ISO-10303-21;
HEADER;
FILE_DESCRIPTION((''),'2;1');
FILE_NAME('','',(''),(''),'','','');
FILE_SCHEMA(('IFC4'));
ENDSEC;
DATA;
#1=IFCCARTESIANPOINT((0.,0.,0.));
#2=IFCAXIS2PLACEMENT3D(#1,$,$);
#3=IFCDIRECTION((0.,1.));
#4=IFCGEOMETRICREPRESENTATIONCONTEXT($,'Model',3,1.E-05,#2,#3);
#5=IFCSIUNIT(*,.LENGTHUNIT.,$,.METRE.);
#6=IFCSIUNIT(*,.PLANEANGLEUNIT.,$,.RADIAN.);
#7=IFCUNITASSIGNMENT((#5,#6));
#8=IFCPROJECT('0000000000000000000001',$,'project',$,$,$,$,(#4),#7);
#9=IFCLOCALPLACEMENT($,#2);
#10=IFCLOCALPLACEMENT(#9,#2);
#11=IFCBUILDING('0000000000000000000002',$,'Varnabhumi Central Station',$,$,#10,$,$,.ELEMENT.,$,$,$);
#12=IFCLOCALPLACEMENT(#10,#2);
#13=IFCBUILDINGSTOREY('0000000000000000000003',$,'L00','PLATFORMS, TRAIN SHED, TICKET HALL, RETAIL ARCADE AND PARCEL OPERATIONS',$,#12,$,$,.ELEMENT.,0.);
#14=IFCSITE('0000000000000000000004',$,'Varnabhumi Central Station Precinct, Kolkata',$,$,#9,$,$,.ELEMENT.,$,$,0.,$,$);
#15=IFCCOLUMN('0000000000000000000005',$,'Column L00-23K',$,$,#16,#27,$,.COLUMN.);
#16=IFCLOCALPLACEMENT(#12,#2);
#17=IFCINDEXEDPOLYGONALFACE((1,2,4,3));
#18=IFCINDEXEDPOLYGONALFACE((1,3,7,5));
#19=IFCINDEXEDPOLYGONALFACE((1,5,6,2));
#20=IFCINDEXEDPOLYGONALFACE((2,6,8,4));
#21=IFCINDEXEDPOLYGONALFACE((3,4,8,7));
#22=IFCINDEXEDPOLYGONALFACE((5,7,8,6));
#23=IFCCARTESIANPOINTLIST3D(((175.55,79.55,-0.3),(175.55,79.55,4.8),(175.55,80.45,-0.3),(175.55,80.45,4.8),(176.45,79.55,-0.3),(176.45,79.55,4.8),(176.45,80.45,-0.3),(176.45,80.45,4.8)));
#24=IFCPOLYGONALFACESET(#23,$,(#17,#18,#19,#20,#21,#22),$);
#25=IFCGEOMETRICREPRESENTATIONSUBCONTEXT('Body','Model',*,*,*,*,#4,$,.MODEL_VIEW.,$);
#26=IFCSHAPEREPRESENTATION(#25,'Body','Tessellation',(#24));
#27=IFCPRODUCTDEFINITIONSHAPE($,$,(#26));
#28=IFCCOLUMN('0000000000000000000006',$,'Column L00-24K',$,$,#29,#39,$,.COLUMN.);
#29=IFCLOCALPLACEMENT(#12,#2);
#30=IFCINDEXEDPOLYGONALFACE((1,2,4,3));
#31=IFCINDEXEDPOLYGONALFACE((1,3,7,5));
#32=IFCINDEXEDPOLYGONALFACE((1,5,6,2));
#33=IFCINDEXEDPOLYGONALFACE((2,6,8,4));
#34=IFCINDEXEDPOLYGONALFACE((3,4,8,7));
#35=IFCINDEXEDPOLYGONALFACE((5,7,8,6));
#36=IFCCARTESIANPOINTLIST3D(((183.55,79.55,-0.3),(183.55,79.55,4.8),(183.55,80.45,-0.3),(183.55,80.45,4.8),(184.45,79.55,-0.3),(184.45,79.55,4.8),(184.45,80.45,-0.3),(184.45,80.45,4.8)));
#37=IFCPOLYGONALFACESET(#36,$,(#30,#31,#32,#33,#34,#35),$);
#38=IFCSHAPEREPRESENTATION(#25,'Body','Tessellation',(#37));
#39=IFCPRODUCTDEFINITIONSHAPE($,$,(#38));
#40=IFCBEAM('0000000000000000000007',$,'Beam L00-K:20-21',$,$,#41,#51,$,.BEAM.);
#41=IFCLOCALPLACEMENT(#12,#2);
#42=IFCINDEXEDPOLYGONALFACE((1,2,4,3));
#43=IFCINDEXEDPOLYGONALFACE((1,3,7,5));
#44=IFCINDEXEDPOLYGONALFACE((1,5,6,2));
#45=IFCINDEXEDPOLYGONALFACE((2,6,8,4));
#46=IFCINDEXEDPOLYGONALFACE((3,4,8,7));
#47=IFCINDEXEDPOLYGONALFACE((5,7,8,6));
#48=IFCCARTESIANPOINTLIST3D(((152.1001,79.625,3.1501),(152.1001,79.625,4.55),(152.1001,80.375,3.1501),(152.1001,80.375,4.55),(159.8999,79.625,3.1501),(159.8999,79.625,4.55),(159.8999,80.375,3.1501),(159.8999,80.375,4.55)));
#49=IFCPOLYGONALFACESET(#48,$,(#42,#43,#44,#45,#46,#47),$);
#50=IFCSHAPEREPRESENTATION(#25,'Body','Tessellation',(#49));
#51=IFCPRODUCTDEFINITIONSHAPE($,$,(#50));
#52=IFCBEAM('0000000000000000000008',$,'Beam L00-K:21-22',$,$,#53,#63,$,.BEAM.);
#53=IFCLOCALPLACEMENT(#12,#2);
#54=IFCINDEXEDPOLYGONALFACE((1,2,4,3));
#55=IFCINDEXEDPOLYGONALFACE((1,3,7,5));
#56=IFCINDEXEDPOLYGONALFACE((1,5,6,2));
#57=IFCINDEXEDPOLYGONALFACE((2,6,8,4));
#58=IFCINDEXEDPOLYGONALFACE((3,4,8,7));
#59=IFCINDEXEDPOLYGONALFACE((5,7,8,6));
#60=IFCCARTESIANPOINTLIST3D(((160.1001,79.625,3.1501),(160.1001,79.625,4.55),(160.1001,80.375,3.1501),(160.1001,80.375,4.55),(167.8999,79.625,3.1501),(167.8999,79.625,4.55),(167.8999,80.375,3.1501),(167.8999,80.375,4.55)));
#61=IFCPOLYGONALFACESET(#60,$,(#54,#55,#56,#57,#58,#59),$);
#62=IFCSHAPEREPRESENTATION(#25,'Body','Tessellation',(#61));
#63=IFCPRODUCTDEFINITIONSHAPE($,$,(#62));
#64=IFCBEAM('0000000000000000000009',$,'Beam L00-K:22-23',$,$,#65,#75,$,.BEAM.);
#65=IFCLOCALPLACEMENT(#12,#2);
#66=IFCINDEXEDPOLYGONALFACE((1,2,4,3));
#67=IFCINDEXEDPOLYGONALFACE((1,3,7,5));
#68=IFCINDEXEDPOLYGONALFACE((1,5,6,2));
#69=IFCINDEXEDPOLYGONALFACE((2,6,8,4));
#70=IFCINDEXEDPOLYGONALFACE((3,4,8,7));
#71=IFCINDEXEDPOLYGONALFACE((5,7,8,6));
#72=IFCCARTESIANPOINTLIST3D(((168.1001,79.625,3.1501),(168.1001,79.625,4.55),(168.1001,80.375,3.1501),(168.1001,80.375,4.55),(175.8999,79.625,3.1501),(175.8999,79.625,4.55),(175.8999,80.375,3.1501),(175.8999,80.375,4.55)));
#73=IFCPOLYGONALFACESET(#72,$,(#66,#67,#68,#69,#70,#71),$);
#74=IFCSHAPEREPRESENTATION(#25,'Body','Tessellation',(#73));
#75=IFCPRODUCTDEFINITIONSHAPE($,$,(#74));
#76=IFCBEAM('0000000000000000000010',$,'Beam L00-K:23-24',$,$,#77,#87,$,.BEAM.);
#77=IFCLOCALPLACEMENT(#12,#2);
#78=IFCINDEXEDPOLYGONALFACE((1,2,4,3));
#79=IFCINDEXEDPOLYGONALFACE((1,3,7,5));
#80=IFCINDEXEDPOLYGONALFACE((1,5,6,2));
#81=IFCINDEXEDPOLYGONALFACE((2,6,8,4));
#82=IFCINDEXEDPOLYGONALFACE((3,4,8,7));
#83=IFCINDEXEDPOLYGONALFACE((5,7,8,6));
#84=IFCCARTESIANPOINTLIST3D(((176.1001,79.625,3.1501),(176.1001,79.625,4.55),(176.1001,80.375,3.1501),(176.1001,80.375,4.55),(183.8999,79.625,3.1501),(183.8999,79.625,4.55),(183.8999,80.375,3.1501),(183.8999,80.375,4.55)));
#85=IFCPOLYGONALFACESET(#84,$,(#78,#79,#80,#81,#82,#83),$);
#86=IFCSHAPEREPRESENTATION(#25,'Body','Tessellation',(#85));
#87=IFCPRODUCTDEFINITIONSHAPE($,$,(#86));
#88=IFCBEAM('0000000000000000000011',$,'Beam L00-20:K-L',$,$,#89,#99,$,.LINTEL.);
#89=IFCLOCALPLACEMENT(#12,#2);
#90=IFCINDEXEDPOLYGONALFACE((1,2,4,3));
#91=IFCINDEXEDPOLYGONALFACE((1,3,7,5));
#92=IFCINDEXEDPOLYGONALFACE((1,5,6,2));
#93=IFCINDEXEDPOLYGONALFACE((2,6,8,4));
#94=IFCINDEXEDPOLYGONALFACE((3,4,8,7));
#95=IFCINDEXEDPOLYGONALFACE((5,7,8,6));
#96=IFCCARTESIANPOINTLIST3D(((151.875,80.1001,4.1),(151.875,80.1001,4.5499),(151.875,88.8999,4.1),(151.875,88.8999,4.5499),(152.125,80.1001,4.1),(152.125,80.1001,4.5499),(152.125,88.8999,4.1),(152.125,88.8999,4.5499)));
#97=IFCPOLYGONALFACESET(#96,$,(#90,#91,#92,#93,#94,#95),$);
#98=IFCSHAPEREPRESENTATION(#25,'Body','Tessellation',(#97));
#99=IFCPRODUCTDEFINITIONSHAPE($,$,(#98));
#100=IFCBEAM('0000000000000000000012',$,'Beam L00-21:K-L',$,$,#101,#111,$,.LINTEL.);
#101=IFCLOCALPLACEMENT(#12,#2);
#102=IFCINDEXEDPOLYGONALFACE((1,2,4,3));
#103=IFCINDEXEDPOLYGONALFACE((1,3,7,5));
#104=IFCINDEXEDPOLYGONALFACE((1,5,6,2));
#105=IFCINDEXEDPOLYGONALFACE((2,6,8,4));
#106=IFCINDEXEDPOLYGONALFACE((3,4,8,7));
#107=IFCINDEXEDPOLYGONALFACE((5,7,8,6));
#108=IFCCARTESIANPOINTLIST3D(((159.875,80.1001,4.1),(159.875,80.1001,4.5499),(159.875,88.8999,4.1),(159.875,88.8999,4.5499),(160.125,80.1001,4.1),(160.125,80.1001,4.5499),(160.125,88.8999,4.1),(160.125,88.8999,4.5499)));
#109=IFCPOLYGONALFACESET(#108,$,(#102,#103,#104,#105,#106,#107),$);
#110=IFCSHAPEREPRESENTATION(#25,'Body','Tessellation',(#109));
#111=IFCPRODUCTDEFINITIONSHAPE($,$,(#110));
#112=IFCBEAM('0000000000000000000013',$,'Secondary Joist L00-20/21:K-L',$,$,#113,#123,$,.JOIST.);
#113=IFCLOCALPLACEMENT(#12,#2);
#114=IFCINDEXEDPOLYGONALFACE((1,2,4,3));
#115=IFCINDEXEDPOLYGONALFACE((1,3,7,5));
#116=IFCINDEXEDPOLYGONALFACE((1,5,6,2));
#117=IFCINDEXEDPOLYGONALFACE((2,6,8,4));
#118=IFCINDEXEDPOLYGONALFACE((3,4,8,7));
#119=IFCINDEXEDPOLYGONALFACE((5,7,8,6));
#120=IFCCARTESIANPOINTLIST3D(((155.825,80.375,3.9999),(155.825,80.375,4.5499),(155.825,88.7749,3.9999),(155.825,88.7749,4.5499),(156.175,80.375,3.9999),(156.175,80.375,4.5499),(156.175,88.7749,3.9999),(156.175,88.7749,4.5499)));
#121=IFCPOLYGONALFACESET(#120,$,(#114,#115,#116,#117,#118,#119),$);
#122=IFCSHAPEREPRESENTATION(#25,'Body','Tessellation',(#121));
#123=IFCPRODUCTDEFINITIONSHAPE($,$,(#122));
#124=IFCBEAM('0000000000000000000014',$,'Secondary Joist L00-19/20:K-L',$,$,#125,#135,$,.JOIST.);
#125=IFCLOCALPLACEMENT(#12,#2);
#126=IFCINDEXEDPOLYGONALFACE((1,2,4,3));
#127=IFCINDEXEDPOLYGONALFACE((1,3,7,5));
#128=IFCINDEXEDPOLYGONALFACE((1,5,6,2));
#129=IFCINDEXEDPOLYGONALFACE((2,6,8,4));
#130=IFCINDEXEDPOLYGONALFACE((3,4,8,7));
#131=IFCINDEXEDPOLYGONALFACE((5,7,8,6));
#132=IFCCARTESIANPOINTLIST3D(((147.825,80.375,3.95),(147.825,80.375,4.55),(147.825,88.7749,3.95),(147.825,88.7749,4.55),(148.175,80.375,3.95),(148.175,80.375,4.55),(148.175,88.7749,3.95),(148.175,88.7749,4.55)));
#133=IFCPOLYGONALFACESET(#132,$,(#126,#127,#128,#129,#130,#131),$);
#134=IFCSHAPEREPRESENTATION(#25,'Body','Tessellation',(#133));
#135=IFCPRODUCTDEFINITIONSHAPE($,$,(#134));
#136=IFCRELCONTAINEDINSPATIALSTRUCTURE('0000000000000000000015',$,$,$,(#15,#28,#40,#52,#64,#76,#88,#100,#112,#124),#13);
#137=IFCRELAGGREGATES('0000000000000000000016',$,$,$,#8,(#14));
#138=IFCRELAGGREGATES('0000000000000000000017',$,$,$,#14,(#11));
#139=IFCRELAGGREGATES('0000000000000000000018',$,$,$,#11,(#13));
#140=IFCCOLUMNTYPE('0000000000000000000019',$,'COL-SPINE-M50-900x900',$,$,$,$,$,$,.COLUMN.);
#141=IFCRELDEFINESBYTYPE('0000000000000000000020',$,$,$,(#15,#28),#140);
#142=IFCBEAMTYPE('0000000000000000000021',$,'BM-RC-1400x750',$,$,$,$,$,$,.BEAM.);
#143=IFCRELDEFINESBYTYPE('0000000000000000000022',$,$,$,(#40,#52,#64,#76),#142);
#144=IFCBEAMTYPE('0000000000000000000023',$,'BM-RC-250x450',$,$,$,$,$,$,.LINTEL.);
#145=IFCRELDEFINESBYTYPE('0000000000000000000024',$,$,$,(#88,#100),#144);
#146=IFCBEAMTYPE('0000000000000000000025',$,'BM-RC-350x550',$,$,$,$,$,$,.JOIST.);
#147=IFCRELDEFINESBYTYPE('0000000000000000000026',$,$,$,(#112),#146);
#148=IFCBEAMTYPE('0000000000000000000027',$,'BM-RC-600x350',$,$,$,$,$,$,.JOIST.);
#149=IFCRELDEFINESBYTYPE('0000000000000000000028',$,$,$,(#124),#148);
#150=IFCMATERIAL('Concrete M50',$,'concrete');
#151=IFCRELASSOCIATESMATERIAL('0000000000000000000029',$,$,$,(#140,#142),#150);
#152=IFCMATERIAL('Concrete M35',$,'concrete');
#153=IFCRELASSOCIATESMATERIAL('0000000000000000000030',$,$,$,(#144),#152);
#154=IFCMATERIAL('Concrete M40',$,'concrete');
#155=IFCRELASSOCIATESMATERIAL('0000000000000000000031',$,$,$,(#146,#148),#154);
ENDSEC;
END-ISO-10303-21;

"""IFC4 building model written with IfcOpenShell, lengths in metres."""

from ifc_helpers import new_model, si_unit, direction, frame, origin, origin_2d, place, context, subcontext, project, spatial, rectangle, extrude, material, material_profile, profile_set, type_object, element, save


model = new_model("IFC4")

# Units and contexts
model_context = context("Model", 3, precision=1e-05, world=origin(), true_north=direction((0.0, 1.0)))
body_context = subcontext(model_context, "Body", "Model", "MODEL_VIEW")
ifc_project = project(units=[si_unit("LENGTHUNIT", "METRE"), si_unit("PLANEANGLEUNIT", "RADIAN")], contexts=[model_context])

# Site, building, storey
site_placement = place(None, origin())
site = spatial("IfcSite", under=ifc_project, at=site_placement, Name="Varnabhumi Central Station Precinct, Kolkata", CompositionType="ELEMENT", RefElevation=0.0)
building_placement = place(site_placement, origin())
building = spatial("IfcBuilding", under=site, at=building_placement, Name="Varnabhumi Central Station", CompositionType="ELEMENT")
storey_placement = place(building_placement, origin())
storey = spatial("IfcBuildingStorey", under=building, at=storey_placement, Name="L00", Description="PLATFORMS, TRAIN SHED, TICKET HALL, RETAIL ARCADE AND PARCEL OPERATIONS", CompositionType="ELEMENT", Elevation=0.0)

# Shared definitions
ifc_material_1 = material(Name="Concrete M40", Category="concrete")

# Shared definitions
ifc_material_2 = material(Name="Concrete M35", Category="concrete")

# Columns
ifc_material_3 = material(Name="Concrete M50", Category="concrete")
ifc_material_profile_1 = material_profile(ifc_material_3, rectangle(XDim=0.8999, YDim=0.8999, at=origin_2d()), Name="Concrete M50", Category="concrete")
ifc_profile_set_1 = profile_set([ifc_material_profile_1], Name="Concrete M50")
column_type_1 = type_object("IfcColumnType", Name="COL-SPINE-M50-900x900", PredefinedType="COLUMN", material=ifc_profile_set_1)
for number, where, z_axis, x_axis, name in (
    (1, (176.0, 80.0, -0.3), (0.0, 0.0, 1.0), (1.0, 0.0, 0.0), "Column L00-23K"),
    (2, (184.0, 80.0, -0.3), (0.0, 0.0, 1.0), (1.0, 0.0, 0.0), "Column L00-24K"),
):
    element("IfcColumn", number, at=place(storey_placement, frame(where, z_axis=z_axis, x_axis=x_axis)), inside=storey, type_object=column_type_1, Name=name, PredefinedType="COLUMN", context=body_context, shape_type="SweptSolid", body=[
        extrude(rectangle(XDim=0.8999, YDim=0.8999, at=origin_2d()), origin(), (0.0, 0.0, 1.0), 5.1001),
    ])

# Beams
ifc_material_profile_2 = material_profile(ifc_material_3, rectangle(XDim=0.75, YDim=1.3999, at=origin_2d()), Name="Concrete M50", Category="concrete")
ifc_profile_set_2 = profile_set([ifc_material_profile_2], Name="Concrete M50")
beam_type_1 = type_object("IfcBeamType", Name="BM-RC-1400x750", PredefinedType="BEAM", material=ifc_profile_set_2)
for number, where, z_axis, x_axis, name in (
    (3, (152.1001, 80.0, 3.8501), (1.0, 0.0, 0.0), (0.0, 1.0, 0.0), "Beam L00-K:20-21"),
    (4, (160.1001, 80.0, 3.8501), (1.0, 0.0, 0.0), (0.0, 1.0, 0.0), "Beam L00-K:21-22"),
    (5, (168.1001, 80.0, 3.8501), (1.0, 0.0, 0.0), (0.0, 1.0, 0.0), "Beam L00-K:22-23"),
    (6, (176.1001, 80.0, 3.8501), (1.0, 0.0, 0.0), (0.0, 1.0, 0.0), "Beam L00-K:23-24"),
):
    element("IfcBeam", number, at=place(storey_placement, frame(where, z_axis=z_axis, x_axis=x_axis)), inside=storey, type_object=beam_type_1, Name=name, PredefinedType="BEAM", context=body_context, shape_type="SweptSolid", body=[
        extrude(rectangle(XDim=0.75, YDim=1.3999, at=origin_2d()), origin(), (0.0, 0.0, 1.0), 7.7998),
    ])
ifc_material_profile_3 = material_profile(ifc_material_2, rectangle(XDim=0.25, YDim=0.45, at=origin_2d()), Name="Concrete M35", Category="concrete")
ifc_profile_set_3 = profile_set([ifc_material_profile_3], Name="Concrete M35")
beam_type_2 = type_object("IfcBeamType", Name="BM-RC-250x450", PredefinedType="LINTEL", material=ifc_profile_set_3)
for number, where, z_axis, x_axis, name in (
    (7, (152.0, 80.1001, 4.325), (0.0, 1.0, 0.0), (-1.0, 0.0, 0.0), "Beam L00-20:K-L"),
    (8, (160.0, 80.1001, 4.325), (0.0, 1.0, 0.0), (-1.0, 0.0, 0.0), "Beam L00-21:K-L"),
):
    element("IfcBeam", number, at=place(storey_placement, frame(where, z_axis=z_axis, x_axis=x_axis)), inside=storey, type_object=beam_type_2, Name=name, PredefinedType="LINTEL", context=body_context, shape_type="SweptSolid", body=[
        extrude(rectangle(XDim=0.25, YDim=0.45, at=origin_2d()), origin(), (0.0, 0.0, 1.0), 8.7998),
    ])
ifc_material_profile_4 = material_profile(ifc_material_1, rectangle(XDim=0.3501, YDim=0.55, at=origin_2d()), Name="Concrete M40", Category="concrete")
ifc_profile_set_4 = profile_set([ifc_material_profile_4], Name="Concrete M40")
beam_type_3 = type_object("IfcBeamType", Name="BM-RC-350x550", PredefinedType="JOIST", material=ifc_profile_set_4)
beam_1_placement = place(storey_placement, frame((156.0, 80.375, 4.2749), z_axis=(0.0, 1.0, 0.0), x_axis=(-1.0, 0.0, 0.0)))
element("IfcBeam", 9, at=beam_1_placement, inside=storey, type_object=beam_type_3, Name="Secondary Joist L00-20/21:K-L", PredefinedType="JOIST", context=body_context, shape_type="SweptSolid", body=[
    extrude(rectangle(XDim=0.3501, YDim=0.55, at=origin_2d()), origin(), (0.0, 0.0, 1.0), 8.3999),
])
ifc_material_profile_5 = material_profile(ifc_material_1, rectangle(XDim=0.3501, YDim=0.6001, at=origin_2d()), Name="Concrete M40", Category="concrete")
ifc_profile_set_5 = profile_set([ifc_material_profile_5], Name="Concrete M40")
beam_type_4 = type_object("IfcBeamType", Name="BM-RC-600x350", PredefinedType="JOIST", material=ifc_profile_set_5)
beam_2_placement = place(storey_placement, frame((148.0, 80.375, 4.25), z_axis=(0.0, 1.0, 0.0), x_axis=(-1.0, 0.0, 0.0)))
element("IfcBeam", 10, at=beam_2_placement, inside=storey, type_object=beam_type_4, Name="Secondary Joist L00-19/20:K-L", PredefinedType="JOIST", context=body_context, shape_type="SweptSolid", body=[
    extrude(rectangle(XDim=0.3501, YDim=0.6001, at=origin_2d()), origin(), (0.0, 0.0, 1.0), 8.3999),
])

save(model, "model.ifc")
